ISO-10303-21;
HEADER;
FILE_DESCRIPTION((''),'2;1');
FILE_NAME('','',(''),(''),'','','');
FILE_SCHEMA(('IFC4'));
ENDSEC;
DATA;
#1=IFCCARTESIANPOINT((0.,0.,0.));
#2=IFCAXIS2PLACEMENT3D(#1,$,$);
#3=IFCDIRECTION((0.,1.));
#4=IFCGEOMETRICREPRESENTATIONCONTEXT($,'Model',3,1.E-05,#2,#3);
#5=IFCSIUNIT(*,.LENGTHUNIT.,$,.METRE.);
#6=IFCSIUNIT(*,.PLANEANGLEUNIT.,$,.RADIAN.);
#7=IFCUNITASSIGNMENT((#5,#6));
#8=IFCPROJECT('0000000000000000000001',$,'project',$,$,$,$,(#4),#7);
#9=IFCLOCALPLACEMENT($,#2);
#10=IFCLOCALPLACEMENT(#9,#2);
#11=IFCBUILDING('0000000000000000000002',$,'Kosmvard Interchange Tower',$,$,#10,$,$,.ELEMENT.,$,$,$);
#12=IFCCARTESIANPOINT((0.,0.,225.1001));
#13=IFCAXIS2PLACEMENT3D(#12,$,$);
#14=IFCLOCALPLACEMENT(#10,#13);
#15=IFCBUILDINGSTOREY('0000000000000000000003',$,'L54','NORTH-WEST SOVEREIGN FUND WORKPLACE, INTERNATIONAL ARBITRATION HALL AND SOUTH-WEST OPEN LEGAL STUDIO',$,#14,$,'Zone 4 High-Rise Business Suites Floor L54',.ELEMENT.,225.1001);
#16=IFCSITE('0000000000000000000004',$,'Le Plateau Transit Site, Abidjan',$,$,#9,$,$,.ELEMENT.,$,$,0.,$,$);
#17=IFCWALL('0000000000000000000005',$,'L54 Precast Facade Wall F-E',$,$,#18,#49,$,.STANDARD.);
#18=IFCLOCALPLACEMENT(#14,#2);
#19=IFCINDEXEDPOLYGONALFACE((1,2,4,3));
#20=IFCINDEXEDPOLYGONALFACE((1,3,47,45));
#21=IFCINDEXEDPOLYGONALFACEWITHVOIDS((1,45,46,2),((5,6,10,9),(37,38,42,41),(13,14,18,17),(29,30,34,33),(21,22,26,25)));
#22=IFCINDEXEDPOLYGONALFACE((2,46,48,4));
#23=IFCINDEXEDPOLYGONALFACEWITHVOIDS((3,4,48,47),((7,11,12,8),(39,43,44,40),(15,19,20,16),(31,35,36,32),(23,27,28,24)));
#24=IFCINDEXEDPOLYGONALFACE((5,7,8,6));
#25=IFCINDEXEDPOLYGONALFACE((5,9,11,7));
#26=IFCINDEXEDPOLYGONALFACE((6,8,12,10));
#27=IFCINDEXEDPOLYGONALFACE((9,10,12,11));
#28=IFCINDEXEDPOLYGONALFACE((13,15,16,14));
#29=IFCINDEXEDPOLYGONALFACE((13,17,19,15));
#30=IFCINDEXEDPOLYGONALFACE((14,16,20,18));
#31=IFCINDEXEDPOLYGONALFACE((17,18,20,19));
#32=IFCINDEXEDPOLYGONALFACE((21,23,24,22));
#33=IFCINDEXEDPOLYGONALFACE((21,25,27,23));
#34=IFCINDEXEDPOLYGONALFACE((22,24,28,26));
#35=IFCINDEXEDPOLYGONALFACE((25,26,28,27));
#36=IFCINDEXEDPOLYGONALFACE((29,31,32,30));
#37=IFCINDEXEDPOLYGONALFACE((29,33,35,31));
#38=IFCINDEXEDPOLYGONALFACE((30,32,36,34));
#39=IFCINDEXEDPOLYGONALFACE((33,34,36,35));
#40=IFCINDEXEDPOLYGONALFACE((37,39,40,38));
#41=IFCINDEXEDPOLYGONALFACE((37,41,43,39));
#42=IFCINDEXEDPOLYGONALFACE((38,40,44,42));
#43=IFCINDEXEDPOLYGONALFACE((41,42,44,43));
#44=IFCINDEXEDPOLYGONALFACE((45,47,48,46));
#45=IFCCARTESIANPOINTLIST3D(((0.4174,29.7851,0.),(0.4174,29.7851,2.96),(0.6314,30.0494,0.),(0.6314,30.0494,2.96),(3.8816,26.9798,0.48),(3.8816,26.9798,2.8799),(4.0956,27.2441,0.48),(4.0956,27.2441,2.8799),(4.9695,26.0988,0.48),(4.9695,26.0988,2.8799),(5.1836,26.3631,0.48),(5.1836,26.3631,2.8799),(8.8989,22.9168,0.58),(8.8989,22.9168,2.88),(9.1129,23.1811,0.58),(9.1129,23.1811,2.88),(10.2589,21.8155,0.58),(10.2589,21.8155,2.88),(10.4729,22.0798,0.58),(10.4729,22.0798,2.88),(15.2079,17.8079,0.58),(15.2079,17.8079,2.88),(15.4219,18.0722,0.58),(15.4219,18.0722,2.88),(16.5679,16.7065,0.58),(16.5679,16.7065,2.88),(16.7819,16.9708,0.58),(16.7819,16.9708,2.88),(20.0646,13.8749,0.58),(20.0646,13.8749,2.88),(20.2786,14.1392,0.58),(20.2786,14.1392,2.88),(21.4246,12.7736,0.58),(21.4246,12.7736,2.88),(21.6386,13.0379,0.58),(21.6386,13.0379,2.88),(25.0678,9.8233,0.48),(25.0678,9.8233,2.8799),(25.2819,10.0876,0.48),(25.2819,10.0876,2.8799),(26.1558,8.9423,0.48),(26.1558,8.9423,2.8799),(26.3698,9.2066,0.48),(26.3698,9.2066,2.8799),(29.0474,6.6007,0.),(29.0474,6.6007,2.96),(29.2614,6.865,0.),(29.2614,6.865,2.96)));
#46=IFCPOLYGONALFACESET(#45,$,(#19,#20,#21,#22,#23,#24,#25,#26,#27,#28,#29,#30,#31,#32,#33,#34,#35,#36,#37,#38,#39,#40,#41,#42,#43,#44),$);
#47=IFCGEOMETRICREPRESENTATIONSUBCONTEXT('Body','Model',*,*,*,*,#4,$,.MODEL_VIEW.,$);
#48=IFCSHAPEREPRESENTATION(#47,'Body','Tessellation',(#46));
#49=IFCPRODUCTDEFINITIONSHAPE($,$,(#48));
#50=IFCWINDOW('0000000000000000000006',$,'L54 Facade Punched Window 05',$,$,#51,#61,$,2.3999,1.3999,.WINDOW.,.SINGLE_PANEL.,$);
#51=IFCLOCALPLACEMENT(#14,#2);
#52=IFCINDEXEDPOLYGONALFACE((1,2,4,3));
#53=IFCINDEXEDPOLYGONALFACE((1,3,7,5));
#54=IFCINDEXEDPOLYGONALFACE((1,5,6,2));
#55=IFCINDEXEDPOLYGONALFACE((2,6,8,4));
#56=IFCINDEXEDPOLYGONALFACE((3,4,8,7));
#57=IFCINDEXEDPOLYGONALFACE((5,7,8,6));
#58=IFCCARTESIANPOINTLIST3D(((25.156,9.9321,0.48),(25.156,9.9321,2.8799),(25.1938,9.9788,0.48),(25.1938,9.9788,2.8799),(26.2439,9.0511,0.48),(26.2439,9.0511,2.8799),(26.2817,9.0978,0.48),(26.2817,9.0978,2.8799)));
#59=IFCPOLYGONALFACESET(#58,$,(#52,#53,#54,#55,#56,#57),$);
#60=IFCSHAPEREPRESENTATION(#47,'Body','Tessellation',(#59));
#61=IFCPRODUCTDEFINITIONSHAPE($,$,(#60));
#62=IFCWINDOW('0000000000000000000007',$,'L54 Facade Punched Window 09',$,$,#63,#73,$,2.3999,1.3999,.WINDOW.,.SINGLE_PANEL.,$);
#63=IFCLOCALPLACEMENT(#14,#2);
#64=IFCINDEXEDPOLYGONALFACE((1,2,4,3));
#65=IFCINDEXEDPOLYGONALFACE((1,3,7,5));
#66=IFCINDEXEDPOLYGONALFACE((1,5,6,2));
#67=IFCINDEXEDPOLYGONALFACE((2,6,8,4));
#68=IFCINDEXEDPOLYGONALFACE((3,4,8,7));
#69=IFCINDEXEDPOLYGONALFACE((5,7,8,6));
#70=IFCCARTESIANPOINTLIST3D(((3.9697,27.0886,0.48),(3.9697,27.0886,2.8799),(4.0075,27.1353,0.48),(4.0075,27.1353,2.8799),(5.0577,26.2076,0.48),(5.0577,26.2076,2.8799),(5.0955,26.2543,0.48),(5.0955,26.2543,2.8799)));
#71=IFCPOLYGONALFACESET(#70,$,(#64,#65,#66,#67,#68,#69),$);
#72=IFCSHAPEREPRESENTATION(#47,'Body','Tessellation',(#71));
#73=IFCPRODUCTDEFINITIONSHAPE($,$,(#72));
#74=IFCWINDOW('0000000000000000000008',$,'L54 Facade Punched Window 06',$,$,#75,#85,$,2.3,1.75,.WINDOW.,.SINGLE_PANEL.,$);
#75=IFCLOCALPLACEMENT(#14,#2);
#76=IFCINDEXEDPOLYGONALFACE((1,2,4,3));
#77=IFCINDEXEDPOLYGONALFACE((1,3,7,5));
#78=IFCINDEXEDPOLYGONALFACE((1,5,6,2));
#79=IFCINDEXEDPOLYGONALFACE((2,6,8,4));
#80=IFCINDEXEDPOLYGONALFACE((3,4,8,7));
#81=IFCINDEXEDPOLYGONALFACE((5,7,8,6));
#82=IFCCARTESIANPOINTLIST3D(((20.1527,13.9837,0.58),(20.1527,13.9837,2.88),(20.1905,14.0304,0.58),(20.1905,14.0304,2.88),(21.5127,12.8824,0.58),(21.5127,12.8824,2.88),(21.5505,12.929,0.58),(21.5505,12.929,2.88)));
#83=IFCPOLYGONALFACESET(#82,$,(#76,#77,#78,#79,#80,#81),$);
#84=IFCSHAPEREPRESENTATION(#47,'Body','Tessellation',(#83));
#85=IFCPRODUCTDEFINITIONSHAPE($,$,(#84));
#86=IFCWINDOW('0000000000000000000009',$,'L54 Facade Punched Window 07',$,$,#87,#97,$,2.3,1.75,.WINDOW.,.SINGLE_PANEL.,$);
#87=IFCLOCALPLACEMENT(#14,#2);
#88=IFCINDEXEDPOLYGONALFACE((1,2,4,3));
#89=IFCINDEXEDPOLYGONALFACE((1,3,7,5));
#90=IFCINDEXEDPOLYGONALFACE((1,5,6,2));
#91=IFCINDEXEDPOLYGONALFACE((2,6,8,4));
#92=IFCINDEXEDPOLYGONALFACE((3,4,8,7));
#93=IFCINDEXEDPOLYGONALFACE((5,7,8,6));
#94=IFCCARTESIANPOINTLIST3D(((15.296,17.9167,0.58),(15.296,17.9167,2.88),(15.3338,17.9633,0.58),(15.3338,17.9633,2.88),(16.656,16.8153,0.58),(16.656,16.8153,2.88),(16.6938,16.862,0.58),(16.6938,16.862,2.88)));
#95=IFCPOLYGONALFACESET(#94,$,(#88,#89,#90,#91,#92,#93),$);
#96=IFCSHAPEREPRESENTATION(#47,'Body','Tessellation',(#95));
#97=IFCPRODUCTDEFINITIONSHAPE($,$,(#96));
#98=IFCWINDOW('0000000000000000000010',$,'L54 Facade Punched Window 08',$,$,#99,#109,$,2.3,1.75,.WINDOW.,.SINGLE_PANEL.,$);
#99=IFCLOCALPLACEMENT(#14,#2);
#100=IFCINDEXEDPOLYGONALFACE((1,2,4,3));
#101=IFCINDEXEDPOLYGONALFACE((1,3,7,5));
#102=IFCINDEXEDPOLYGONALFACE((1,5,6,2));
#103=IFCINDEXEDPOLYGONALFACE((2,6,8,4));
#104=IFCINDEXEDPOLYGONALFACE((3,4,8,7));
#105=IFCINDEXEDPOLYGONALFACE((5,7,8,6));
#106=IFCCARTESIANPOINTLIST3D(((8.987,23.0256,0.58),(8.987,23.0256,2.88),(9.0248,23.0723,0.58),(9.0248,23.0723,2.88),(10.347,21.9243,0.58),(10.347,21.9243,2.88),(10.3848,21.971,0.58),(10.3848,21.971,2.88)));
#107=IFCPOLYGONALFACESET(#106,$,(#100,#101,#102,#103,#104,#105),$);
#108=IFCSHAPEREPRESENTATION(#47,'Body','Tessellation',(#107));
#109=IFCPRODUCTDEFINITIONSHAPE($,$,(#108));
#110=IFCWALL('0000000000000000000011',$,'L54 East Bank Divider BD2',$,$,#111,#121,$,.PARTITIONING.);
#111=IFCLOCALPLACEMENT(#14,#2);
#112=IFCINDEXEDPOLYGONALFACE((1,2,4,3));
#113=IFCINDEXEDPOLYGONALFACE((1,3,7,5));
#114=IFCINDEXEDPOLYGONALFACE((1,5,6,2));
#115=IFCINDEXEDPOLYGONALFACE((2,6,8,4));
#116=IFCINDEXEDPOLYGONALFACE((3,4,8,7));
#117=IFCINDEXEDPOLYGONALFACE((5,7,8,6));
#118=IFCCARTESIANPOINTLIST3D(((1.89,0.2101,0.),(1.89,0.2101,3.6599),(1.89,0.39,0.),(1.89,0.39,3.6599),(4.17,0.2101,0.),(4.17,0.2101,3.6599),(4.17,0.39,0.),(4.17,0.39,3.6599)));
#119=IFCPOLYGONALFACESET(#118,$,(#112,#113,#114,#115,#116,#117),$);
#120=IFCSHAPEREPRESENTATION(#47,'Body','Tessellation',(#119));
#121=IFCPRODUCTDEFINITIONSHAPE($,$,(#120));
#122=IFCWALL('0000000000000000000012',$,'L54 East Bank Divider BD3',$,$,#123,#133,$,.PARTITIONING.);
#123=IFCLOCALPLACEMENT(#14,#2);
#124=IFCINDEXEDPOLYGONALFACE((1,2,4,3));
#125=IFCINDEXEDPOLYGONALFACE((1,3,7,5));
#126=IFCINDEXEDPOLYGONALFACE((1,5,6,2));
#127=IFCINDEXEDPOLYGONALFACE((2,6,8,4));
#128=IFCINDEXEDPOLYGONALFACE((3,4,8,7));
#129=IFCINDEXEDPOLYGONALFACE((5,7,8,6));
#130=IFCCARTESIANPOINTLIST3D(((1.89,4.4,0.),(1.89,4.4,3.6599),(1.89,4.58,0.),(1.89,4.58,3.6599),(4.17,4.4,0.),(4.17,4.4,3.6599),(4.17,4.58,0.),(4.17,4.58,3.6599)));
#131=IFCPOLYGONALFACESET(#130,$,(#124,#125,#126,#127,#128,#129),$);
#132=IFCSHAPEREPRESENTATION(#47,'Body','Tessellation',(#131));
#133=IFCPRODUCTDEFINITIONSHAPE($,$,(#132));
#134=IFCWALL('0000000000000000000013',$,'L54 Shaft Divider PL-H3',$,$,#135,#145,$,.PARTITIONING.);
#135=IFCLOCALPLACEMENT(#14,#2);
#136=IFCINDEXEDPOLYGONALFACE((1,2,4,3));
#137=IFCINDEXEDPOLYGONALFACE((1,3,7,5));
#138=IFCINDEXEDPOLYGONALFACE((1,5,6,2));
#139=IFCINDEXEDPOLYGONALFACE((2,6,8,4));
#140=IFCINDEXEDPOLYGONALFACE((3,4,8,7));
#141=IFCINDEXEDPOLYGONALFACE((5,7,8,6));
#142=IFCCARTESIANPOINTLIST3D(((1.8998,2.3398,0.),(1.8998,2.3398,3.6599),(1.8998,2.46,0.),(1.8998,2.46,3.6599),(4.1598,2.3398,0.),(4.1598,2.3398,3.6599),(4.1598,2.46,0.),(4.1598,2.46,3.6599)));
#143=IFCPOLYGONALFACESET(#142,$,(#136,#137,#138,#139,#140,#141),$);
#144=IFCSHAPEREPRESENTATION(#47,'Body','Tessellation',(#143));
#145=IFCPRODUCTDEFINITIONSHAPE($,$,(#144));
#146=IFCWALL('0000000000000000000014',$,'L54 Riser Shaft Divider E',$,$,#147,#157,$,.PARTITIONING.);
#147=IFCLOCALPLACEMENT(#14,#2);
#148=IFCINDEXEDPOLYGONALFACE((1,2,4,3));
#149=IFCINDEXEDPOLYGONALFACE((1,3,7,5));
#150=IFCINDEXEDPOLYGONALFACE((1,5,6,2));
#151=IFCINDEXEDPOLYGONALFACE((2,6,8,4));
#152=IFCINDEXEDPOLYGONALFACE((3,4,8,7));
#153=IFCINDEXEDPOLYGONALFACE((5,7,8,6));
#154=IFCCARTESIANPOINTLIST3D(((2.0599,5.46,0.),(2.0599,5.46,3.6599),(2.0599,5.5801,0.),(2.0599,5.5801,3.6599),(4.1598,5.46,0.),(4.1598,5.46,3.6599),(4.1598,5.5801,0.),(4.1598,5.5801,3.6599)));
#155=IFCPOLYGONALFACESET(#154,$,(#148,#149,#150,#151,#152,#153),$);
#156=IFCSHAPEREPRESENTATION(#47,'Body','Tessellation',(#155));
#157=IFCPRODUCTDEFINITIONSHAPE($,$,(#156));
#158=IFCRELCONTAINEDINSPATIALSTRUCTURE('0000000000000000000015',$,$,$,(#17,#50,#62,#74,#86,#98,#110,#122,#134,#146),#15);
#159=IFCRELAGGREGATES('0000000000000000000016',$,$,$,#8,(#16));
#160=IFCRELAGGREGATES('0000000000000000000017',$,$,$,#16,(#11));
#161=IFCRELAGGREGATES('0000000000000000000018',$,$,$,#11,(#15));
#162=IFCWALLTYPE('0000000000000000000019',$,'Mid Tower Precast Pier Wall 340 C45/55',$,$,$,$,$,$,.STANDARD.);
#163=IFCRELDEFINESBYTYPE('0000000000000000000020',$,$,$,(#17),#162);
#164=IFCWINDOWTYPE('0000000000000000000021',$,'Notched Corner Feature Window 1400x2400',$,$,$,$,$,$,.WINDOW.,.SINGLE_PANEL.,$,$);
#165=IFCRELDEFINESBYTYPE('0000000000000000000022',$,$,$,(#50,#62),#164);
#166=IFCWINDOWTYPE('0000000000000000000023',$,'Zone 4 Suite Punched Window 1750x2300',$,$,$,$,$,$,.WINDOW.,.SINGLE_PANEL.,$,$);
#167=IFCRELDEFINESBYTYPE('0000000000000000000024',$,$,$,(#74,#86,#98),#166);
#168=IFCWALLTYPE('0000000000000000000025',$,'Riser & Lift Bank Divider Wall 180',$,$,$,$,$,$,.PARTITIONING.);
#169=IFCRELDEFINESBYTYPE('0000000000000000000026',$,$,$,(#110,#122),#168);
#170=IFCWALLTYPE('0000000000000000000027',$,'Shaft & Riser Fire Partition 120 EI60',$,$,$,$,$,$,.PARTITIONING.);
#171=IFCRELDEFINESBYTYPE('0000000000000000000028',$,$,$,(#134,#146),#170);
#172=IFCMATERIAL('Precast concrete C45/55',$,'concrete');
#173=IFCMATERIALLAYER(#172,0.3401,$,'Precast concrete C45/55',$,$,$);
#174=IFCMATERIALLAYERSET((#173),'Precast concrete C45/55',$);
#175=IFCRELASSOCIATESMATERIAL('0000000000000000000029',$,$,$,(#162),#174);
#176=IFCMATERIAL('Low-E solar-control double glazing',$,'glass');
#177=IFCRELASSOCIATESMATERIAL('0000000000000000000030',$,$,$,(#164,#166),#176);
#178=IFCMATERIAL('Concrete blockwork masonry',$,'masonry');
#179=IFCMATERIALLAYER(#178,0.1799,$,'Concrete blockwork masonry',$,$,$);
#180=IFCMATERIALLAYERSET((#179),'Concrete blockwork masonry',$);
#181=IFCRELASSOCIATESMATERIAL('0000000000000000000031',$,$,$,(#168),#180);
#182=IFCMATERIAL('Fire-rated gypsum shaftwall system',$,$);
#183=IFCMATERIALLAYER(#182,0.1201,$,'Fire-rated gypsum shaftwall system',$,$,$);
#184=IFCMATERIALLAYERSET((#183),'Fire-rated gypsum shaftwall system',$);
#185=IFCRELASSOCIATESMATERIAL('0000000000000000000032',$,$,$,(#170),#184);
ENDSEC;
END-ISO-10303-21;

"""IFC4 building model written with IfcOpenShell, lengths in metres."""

from ifc_helpers import new_model, si_unit, direction, frame, frame_2d, origin, place, context, subcontext, project, spatial, rectangle, extrude, source, transform, mapped, material, layer, layer_set, type_object, element, fill, save


model = new_model("IFC4")

# Units and contexts
model_context = context("Model", 3, precision=1e-05, world=origin(), true_north=direction((0.0, 1.0)))
body_context = subcontext(model_context, "Body", "Model", "MODEL_VIEW")
ifc_project = project(units=[si_unit("LENGTHUNIT", "METRE"), si_unit("PLANEANGLEUNIT", "RADIAN")], contexts=[model_context])

# Site, building, storey
site_placement = place(None, origin())
site = spatial("IfcSite", under=ifc_project, at=site_placement, Name="Le Plateau Transit Site, Abidjan", CompositionType="ELEMENT", RefElevation=0.0)
building_placement = place(site_placement, origin())
building = spatial("IfcBuilding", under=site, at=building_placement, Name="Kosmvard Interchange Tower", CompositionType="ELEMENT")
storey_placement = place(building_placement, frame((0.0, 0.0, 225.1001)))
storey = spatial("IfcBuildingStorey", under=building, at=storey_placement, Name="L54", Description="NORTH-WEST SOVEREIGN FUND WORKPLACE, INTERNATIONAL ARBITRATION HALL AND SOUTH-WEST OPEN LEGAL STUDIO", LongName="Zone 4 High-Rise Business Suites Floor L54", CompositionType="ELEMENT", Elevation=225.1001)

# Shared definitions
ifc_material_1 = material(Name="Concrete blockwork masonry", Category="masonry")

# Shared definitions
ifc_material_2 = material(Name="Precast concrete C45/55", Category="concrete")
ifc_layer_1 = layer(ifc_material_2, 0.3401, Name="Precast concrete C45/55")
ifc_layer_set_1 = layer_set([ifc_layer_1], Name="Precast concrete C45/55")
wall_type_1 = type_object("IfcWallType", Name="Mid Tower Precast Pier Wall 340 C45/55", PredefinedType="STANDARD", material=ifc_layer_set_1)
ifc_material_3 = material(Name="Low-E solar-control double glazing", Category="glass")
window_type_1 = type_object("IfcWindowType", Name="Notched Corner Feature Window 1400x2400", PartitioningType="SINGLE_PANEL", PredefinedType="WINDOW", material=ifc_material_3)
shared_shape_1 = source(origin(), body_context, "Body", "SweptSolid", [
    extrude(rectangle(XDim=1.3999, YDim=2.3999, at=frame_2d((0.7, 1.2))), frame((0.0, 0.03, 0.0), z_axis=(0.0, -1.0, 0.0), x_axis=(1.0, 0.0, 0.0)), (0.0, 0.0, 1.0), 0.0601),
])

# Wall, openings, windows
wall_1_placement = place(storey_placement, frame((29.1543, 6.7329, 0.0), z_axis=(0.0, 0.0, 1.0), x_axis=(-0.777142, 0.629325, 0.0)))
wall_1 = element("IfcWall", 1, at=wall_1_placement, inside=storey, type_object=wall_type_1, Name="L54 Precast Facade Wall F-E", PredefinedType="STANDARD", context=body_context, shape_type="SweptSolid", body=[
    extrude(rectangle(XDim=36.8401, YDim=0.3401, at=frame_2d((18.4199, 0.0))), origin(), (0.0, 0.0, 1.0), 2.96),
])
opening_1_placement = place(wall_1_placement, frame((3.7207, 0.0, 0.48)))
opening_1 = element("IfcOpeningElement", 2, at=opening_1_placement, cuts=wall_1, PredefinedType="OPENING", context=body_context, shape_type="SweptSolid", body=[
    extrude(rectangle(XDim=1.3999, YDim=2.3999, at=frame_2d((0.7, 1.2))), frame((0.0, 0.1802, 0.0), z_axis=(0.0, -1.0, 0.0), x_axis=(1.0, 0.0, 0.0)), (0.0, 0.0, 1.0), 0.3601),
])
opening_2_placement = place(wall_1_placement, frame((9.8086, 0.0, 0.5801)))
opening_2 = element("IfcOpeningElement", 3, at=opening_2_placement, cuts=wall_1, PredefinedType="OPENING", context=body_context, shape_type="SweptSolid", body=[
    extrude(rectangle(XDim=1.75, YDim=2.3, at=frame_2d((0.875, 1.1499))), frame((0.0, 0.1802, 0.0), z_axis=(0.0, -1.0, 0.0), x_axis=(1.0, 0.0, 0.0)), (0.0, 0.0, 1.0), 0.3601),
])
opening_3_placement = place(wall_1_placement, frame((16.0581, 0.0, 0.5801)))
opening_3 = element("IfcOpeningElement", 4, at=opening_3_placement, cuts=wall_1, PredefinedType="OPENING", context=body_context, shape_type="SweptSolid", body=[
    extrude(rectangle(XDim=1.75, YDim=2.3, at=frame_2d((0.875, 1.1499))), frame((0.0, 0.1802, 0.0), z_axis=(0.0, -1.0, 0.0), x_axis=(1.0, 0.0, 0.0)), (0.0, 0.0, 1.0), 0.3601),
])
opening_4_placement = place(wall_1_placement, frame((24.1763, 0.0, 0.5801)))
opening_4 = element("IfcOpeningElement", 5, at=opening_4_placement, cuts=wall_1, PredefinedType="OPENING", context=body_context, shape_type="SweptSolid", body=[
    extrude(rectangle(XDim=1.75, YDim=2.3, at=frame_2d((0.875, 1.1499))), frame((0.0, 0.1802, 0.0), z_axis=(0.0, -1.0, 0.0), x_axis=(1.0, 0.0, 0.0)), (0.0, 0.0, 1.0), 0.3601),
])
opening_5_placement = place(wall_1_placement, frame((30.9824, 0.0, 0.48)))
opening_5 = element("IfcOpeningElement", 6, at=opening_5_placement, cuts=wall_1, PredefinedType="OPENING", context=body_context, shape_type="SweptSolid", body=[
    extrude(rectangle(XDim=1.3999, YDim=2.3999, at=frame_2d((0.7, 1.2))), frame((0.0, 0.1802, 0.0), z_axis=(0.0, -1.0, 0.0), x_axis=(1.0, 0.0, 0.0)), (0.0, 0.0, 1.0), 0.3601),
])
window_1_placement = place(opening_1_placement, origin())
window_1 = element("IfcWindow", 7, at=window_1_placement, inside=storey, type_object=window_type_1, Name="L54 Facade Punched Window 05", OverallHeight=2.3999, OverallWidth=1.3999, PartitioningType="SINGLE_PANEL", PredefinedType="WINDOW", context=body_context, shape_type="MappedRepresentation", body=[
    mapped(shared_shape_1, transform((0.0, 0.0, 0.0), scale=1.0)),
])
fill(opening_1, window_1)
window_2_placement = place(opening_5_placement, origin())
window_2 = element("IfcWindow", 8, at=window_2_placement, inside=storey, type_object=window_type_1, Name="L54 Facade Punched Window 09", OverallHeight=2.3999, OverallWidth=1.3999, PartitioningType="SINGLE_PANEL", PredefinedType="WINDOW", context=body_context, shape_type="MappedRepresentation", body=[
    mapped(shared_shape_1, transform((0.0, 0.0, 0.0), scale=1.0)),
])
fill(opening_5, window_2)
window_type_2 = type_object("IfcWindowType", Name="Zone 4 Suite Punched Window 1750x2300", PartitioningType="SINGLE_PANEL", PredefinedType="WINDOW", material=ifc_material_3)
shared_shape_2 = source(origin(), body_context, "Body", "SweptSolid", [
    extrude(rectangle(XDim=1.75, YDim=2.3, at=frame_2d((0.875, 1.1499))), frame((0.0, 0.03, 0.0), z_axis=(0.0, -1.0, 0.0), x_axis=(1.0, 0.0, 0.0)), (0.0, 0.0, 1.0), 0.0601),
])
window_3_placement = place(opening_2_placement, origin())
window_3 = element("IfcWindow", 9, at=window_3_placement, inside=storey, type_object=window_type_2, Name="L54 Facade Punched Window 06", OverallHeight=2.3, OverallWidth=1.75, PartitioningType="SINGLE_PANEL", PredefinedType="WINDOW", context=body_context, shape_type="MappedRepresentation", body=[
    mapped(shared_shape_2, transform((0.0, 0.0, 0.0), scale=1.0)),
])
fill(opening_2, window_3)
window_4_placement = place(opening_3_placement, origin())
window_4 = element("IfcWindow", 10, at=window_4_placement, inside=storey, type_object=window_type_2, Name="L54 Facade Punched Window 07", OverallHeight=2.3, OverallWidth=1.75, PartitioningType="SINGLE_PANEL", PredefinedType="WINDOW", context=body_context, shape_type="MappedRepresentation", body=[
    mapped(shared_shape_2, transform((0.0, 0.0, 0.0), scale=1.0)),
])
fill(opening_3, window_4)
window_5_placement = place(opening_4_placement, origin())
window_5 = element("IfcWindow", 11, at=window_5_placement, inside=storey, type_object=window_type_2, Name="L54 Facade Punched Window 08", OverallHeight=2.3, OverallWidth=1.75, PartitioningType="SINGLE_PANEL", PredefinedType="WINDOW", context=body_context, shape_type="MappedRepresentation", body=[
    mapped(shared_shape_2, transform((0.0, 0.0, 0.0), scale=1.0)),
])
fill(opening_4, window_5)

# Walls
ifc_layer_2 = layer(ifc_material_1, 0.1799, Name="Concrete blockwork masonry")
ifc_layer_set_2 = layer_set([ifc_layer_2], Name="Concrete blockwork masonry")
wall_type_2 = type_object("IfcWallType", Name="Riser & Lift Bank Divider Wall 180", PredefinedType="PARTITIONING", material=ifc_layer_set_2)
for number, where, z_axis, x_axis, name in (
    (12, (1.8899, 0.3, 0.0), (0.0, 0.0, 1.0), (1.0, 0.0, 0.0), "L54 East Bank Divider BD2"),
    (13, (1.8899, 4.49, 0.0), (0.0, 0.0, 1.0), (1.0, 0.0, 0.0), "L54 East Bank Divider BD3"),
):
    element("IfcWall", number, at=place(storey_placement, frame(where, z_axis=z_axis, x_axis=x_axis)), inside=storey, type_object=wall_type_2, Name=name, PredefinedType="PARTITIONING", context=body_context, shape_type="SweptSolid", body=[
        extrude(rectangle(XDim=2.28, YDim=0.1799, at=frame_2d((1.1401, 0.0))), origin(), (0.0, 0.0, 1.0), 3.6599),
    ])
ifc_material_4 = material(Name="Fire-rated gypsum shaftwall system")
ifc_layer_3 = layer(ifc_material_4, 0.1201, Name="Fire-rated gypsum shaftwall system")
ifc_layer_set_3 = layer_set([ifc_layer_3], Name="Fire-rated gypsum shaftwall system")
wall_type_3 = type_object("IfcWallType", Name="Shaft & Riser Fire Partition 120 EI60", PredefinedType="PARTITIONING", material=ifc_layer_set_3)
wall_2_placement = place(storey_placement, frame((1.8999, 2.3999, 0.0), z_axis=(0.0, 0.0, 1.0), x_axis=(1.0, 0.0, 0.0)))
element("IfcWall", 14, at=wall_2_placement, inside=storey, type_object=wall_type_3, Name="L54 Shaft Divider PL-H3", PredefinedType="PARTITIONING", context=body_context, shape_type="SweptSolid", body=[
    extrude(rectangle(XDim=2.26, YDim=0.1201, at=frame_2d((1.1299, 0.0))), origin(), (0.0, 0.0, 1.0), 3.6599),
])
wall_3_placement = place(storey_placement, frame((2.0601, 5.52, 0.0), z_axis=(0.0, 0.0, 1.0), x_axis=(1.0, 0.0, 0.0)))
element("IfcWall", 15, at=wall_3_placement, inside=storey, type_object=wall_type_3, Name="L54 Riser Shaft Divider E", PredefinedType="PARTITIONING", context=body_context, shape_type="SweptSolid", body=[
    extrude(rectangle(XDim=2.0999, YDim=0.1201, at=frame_2d((1.0498, 0.0))), origin(), (0.0, 0.0, 1.0), 3.6599),
])

save(model, "model.ifc")
